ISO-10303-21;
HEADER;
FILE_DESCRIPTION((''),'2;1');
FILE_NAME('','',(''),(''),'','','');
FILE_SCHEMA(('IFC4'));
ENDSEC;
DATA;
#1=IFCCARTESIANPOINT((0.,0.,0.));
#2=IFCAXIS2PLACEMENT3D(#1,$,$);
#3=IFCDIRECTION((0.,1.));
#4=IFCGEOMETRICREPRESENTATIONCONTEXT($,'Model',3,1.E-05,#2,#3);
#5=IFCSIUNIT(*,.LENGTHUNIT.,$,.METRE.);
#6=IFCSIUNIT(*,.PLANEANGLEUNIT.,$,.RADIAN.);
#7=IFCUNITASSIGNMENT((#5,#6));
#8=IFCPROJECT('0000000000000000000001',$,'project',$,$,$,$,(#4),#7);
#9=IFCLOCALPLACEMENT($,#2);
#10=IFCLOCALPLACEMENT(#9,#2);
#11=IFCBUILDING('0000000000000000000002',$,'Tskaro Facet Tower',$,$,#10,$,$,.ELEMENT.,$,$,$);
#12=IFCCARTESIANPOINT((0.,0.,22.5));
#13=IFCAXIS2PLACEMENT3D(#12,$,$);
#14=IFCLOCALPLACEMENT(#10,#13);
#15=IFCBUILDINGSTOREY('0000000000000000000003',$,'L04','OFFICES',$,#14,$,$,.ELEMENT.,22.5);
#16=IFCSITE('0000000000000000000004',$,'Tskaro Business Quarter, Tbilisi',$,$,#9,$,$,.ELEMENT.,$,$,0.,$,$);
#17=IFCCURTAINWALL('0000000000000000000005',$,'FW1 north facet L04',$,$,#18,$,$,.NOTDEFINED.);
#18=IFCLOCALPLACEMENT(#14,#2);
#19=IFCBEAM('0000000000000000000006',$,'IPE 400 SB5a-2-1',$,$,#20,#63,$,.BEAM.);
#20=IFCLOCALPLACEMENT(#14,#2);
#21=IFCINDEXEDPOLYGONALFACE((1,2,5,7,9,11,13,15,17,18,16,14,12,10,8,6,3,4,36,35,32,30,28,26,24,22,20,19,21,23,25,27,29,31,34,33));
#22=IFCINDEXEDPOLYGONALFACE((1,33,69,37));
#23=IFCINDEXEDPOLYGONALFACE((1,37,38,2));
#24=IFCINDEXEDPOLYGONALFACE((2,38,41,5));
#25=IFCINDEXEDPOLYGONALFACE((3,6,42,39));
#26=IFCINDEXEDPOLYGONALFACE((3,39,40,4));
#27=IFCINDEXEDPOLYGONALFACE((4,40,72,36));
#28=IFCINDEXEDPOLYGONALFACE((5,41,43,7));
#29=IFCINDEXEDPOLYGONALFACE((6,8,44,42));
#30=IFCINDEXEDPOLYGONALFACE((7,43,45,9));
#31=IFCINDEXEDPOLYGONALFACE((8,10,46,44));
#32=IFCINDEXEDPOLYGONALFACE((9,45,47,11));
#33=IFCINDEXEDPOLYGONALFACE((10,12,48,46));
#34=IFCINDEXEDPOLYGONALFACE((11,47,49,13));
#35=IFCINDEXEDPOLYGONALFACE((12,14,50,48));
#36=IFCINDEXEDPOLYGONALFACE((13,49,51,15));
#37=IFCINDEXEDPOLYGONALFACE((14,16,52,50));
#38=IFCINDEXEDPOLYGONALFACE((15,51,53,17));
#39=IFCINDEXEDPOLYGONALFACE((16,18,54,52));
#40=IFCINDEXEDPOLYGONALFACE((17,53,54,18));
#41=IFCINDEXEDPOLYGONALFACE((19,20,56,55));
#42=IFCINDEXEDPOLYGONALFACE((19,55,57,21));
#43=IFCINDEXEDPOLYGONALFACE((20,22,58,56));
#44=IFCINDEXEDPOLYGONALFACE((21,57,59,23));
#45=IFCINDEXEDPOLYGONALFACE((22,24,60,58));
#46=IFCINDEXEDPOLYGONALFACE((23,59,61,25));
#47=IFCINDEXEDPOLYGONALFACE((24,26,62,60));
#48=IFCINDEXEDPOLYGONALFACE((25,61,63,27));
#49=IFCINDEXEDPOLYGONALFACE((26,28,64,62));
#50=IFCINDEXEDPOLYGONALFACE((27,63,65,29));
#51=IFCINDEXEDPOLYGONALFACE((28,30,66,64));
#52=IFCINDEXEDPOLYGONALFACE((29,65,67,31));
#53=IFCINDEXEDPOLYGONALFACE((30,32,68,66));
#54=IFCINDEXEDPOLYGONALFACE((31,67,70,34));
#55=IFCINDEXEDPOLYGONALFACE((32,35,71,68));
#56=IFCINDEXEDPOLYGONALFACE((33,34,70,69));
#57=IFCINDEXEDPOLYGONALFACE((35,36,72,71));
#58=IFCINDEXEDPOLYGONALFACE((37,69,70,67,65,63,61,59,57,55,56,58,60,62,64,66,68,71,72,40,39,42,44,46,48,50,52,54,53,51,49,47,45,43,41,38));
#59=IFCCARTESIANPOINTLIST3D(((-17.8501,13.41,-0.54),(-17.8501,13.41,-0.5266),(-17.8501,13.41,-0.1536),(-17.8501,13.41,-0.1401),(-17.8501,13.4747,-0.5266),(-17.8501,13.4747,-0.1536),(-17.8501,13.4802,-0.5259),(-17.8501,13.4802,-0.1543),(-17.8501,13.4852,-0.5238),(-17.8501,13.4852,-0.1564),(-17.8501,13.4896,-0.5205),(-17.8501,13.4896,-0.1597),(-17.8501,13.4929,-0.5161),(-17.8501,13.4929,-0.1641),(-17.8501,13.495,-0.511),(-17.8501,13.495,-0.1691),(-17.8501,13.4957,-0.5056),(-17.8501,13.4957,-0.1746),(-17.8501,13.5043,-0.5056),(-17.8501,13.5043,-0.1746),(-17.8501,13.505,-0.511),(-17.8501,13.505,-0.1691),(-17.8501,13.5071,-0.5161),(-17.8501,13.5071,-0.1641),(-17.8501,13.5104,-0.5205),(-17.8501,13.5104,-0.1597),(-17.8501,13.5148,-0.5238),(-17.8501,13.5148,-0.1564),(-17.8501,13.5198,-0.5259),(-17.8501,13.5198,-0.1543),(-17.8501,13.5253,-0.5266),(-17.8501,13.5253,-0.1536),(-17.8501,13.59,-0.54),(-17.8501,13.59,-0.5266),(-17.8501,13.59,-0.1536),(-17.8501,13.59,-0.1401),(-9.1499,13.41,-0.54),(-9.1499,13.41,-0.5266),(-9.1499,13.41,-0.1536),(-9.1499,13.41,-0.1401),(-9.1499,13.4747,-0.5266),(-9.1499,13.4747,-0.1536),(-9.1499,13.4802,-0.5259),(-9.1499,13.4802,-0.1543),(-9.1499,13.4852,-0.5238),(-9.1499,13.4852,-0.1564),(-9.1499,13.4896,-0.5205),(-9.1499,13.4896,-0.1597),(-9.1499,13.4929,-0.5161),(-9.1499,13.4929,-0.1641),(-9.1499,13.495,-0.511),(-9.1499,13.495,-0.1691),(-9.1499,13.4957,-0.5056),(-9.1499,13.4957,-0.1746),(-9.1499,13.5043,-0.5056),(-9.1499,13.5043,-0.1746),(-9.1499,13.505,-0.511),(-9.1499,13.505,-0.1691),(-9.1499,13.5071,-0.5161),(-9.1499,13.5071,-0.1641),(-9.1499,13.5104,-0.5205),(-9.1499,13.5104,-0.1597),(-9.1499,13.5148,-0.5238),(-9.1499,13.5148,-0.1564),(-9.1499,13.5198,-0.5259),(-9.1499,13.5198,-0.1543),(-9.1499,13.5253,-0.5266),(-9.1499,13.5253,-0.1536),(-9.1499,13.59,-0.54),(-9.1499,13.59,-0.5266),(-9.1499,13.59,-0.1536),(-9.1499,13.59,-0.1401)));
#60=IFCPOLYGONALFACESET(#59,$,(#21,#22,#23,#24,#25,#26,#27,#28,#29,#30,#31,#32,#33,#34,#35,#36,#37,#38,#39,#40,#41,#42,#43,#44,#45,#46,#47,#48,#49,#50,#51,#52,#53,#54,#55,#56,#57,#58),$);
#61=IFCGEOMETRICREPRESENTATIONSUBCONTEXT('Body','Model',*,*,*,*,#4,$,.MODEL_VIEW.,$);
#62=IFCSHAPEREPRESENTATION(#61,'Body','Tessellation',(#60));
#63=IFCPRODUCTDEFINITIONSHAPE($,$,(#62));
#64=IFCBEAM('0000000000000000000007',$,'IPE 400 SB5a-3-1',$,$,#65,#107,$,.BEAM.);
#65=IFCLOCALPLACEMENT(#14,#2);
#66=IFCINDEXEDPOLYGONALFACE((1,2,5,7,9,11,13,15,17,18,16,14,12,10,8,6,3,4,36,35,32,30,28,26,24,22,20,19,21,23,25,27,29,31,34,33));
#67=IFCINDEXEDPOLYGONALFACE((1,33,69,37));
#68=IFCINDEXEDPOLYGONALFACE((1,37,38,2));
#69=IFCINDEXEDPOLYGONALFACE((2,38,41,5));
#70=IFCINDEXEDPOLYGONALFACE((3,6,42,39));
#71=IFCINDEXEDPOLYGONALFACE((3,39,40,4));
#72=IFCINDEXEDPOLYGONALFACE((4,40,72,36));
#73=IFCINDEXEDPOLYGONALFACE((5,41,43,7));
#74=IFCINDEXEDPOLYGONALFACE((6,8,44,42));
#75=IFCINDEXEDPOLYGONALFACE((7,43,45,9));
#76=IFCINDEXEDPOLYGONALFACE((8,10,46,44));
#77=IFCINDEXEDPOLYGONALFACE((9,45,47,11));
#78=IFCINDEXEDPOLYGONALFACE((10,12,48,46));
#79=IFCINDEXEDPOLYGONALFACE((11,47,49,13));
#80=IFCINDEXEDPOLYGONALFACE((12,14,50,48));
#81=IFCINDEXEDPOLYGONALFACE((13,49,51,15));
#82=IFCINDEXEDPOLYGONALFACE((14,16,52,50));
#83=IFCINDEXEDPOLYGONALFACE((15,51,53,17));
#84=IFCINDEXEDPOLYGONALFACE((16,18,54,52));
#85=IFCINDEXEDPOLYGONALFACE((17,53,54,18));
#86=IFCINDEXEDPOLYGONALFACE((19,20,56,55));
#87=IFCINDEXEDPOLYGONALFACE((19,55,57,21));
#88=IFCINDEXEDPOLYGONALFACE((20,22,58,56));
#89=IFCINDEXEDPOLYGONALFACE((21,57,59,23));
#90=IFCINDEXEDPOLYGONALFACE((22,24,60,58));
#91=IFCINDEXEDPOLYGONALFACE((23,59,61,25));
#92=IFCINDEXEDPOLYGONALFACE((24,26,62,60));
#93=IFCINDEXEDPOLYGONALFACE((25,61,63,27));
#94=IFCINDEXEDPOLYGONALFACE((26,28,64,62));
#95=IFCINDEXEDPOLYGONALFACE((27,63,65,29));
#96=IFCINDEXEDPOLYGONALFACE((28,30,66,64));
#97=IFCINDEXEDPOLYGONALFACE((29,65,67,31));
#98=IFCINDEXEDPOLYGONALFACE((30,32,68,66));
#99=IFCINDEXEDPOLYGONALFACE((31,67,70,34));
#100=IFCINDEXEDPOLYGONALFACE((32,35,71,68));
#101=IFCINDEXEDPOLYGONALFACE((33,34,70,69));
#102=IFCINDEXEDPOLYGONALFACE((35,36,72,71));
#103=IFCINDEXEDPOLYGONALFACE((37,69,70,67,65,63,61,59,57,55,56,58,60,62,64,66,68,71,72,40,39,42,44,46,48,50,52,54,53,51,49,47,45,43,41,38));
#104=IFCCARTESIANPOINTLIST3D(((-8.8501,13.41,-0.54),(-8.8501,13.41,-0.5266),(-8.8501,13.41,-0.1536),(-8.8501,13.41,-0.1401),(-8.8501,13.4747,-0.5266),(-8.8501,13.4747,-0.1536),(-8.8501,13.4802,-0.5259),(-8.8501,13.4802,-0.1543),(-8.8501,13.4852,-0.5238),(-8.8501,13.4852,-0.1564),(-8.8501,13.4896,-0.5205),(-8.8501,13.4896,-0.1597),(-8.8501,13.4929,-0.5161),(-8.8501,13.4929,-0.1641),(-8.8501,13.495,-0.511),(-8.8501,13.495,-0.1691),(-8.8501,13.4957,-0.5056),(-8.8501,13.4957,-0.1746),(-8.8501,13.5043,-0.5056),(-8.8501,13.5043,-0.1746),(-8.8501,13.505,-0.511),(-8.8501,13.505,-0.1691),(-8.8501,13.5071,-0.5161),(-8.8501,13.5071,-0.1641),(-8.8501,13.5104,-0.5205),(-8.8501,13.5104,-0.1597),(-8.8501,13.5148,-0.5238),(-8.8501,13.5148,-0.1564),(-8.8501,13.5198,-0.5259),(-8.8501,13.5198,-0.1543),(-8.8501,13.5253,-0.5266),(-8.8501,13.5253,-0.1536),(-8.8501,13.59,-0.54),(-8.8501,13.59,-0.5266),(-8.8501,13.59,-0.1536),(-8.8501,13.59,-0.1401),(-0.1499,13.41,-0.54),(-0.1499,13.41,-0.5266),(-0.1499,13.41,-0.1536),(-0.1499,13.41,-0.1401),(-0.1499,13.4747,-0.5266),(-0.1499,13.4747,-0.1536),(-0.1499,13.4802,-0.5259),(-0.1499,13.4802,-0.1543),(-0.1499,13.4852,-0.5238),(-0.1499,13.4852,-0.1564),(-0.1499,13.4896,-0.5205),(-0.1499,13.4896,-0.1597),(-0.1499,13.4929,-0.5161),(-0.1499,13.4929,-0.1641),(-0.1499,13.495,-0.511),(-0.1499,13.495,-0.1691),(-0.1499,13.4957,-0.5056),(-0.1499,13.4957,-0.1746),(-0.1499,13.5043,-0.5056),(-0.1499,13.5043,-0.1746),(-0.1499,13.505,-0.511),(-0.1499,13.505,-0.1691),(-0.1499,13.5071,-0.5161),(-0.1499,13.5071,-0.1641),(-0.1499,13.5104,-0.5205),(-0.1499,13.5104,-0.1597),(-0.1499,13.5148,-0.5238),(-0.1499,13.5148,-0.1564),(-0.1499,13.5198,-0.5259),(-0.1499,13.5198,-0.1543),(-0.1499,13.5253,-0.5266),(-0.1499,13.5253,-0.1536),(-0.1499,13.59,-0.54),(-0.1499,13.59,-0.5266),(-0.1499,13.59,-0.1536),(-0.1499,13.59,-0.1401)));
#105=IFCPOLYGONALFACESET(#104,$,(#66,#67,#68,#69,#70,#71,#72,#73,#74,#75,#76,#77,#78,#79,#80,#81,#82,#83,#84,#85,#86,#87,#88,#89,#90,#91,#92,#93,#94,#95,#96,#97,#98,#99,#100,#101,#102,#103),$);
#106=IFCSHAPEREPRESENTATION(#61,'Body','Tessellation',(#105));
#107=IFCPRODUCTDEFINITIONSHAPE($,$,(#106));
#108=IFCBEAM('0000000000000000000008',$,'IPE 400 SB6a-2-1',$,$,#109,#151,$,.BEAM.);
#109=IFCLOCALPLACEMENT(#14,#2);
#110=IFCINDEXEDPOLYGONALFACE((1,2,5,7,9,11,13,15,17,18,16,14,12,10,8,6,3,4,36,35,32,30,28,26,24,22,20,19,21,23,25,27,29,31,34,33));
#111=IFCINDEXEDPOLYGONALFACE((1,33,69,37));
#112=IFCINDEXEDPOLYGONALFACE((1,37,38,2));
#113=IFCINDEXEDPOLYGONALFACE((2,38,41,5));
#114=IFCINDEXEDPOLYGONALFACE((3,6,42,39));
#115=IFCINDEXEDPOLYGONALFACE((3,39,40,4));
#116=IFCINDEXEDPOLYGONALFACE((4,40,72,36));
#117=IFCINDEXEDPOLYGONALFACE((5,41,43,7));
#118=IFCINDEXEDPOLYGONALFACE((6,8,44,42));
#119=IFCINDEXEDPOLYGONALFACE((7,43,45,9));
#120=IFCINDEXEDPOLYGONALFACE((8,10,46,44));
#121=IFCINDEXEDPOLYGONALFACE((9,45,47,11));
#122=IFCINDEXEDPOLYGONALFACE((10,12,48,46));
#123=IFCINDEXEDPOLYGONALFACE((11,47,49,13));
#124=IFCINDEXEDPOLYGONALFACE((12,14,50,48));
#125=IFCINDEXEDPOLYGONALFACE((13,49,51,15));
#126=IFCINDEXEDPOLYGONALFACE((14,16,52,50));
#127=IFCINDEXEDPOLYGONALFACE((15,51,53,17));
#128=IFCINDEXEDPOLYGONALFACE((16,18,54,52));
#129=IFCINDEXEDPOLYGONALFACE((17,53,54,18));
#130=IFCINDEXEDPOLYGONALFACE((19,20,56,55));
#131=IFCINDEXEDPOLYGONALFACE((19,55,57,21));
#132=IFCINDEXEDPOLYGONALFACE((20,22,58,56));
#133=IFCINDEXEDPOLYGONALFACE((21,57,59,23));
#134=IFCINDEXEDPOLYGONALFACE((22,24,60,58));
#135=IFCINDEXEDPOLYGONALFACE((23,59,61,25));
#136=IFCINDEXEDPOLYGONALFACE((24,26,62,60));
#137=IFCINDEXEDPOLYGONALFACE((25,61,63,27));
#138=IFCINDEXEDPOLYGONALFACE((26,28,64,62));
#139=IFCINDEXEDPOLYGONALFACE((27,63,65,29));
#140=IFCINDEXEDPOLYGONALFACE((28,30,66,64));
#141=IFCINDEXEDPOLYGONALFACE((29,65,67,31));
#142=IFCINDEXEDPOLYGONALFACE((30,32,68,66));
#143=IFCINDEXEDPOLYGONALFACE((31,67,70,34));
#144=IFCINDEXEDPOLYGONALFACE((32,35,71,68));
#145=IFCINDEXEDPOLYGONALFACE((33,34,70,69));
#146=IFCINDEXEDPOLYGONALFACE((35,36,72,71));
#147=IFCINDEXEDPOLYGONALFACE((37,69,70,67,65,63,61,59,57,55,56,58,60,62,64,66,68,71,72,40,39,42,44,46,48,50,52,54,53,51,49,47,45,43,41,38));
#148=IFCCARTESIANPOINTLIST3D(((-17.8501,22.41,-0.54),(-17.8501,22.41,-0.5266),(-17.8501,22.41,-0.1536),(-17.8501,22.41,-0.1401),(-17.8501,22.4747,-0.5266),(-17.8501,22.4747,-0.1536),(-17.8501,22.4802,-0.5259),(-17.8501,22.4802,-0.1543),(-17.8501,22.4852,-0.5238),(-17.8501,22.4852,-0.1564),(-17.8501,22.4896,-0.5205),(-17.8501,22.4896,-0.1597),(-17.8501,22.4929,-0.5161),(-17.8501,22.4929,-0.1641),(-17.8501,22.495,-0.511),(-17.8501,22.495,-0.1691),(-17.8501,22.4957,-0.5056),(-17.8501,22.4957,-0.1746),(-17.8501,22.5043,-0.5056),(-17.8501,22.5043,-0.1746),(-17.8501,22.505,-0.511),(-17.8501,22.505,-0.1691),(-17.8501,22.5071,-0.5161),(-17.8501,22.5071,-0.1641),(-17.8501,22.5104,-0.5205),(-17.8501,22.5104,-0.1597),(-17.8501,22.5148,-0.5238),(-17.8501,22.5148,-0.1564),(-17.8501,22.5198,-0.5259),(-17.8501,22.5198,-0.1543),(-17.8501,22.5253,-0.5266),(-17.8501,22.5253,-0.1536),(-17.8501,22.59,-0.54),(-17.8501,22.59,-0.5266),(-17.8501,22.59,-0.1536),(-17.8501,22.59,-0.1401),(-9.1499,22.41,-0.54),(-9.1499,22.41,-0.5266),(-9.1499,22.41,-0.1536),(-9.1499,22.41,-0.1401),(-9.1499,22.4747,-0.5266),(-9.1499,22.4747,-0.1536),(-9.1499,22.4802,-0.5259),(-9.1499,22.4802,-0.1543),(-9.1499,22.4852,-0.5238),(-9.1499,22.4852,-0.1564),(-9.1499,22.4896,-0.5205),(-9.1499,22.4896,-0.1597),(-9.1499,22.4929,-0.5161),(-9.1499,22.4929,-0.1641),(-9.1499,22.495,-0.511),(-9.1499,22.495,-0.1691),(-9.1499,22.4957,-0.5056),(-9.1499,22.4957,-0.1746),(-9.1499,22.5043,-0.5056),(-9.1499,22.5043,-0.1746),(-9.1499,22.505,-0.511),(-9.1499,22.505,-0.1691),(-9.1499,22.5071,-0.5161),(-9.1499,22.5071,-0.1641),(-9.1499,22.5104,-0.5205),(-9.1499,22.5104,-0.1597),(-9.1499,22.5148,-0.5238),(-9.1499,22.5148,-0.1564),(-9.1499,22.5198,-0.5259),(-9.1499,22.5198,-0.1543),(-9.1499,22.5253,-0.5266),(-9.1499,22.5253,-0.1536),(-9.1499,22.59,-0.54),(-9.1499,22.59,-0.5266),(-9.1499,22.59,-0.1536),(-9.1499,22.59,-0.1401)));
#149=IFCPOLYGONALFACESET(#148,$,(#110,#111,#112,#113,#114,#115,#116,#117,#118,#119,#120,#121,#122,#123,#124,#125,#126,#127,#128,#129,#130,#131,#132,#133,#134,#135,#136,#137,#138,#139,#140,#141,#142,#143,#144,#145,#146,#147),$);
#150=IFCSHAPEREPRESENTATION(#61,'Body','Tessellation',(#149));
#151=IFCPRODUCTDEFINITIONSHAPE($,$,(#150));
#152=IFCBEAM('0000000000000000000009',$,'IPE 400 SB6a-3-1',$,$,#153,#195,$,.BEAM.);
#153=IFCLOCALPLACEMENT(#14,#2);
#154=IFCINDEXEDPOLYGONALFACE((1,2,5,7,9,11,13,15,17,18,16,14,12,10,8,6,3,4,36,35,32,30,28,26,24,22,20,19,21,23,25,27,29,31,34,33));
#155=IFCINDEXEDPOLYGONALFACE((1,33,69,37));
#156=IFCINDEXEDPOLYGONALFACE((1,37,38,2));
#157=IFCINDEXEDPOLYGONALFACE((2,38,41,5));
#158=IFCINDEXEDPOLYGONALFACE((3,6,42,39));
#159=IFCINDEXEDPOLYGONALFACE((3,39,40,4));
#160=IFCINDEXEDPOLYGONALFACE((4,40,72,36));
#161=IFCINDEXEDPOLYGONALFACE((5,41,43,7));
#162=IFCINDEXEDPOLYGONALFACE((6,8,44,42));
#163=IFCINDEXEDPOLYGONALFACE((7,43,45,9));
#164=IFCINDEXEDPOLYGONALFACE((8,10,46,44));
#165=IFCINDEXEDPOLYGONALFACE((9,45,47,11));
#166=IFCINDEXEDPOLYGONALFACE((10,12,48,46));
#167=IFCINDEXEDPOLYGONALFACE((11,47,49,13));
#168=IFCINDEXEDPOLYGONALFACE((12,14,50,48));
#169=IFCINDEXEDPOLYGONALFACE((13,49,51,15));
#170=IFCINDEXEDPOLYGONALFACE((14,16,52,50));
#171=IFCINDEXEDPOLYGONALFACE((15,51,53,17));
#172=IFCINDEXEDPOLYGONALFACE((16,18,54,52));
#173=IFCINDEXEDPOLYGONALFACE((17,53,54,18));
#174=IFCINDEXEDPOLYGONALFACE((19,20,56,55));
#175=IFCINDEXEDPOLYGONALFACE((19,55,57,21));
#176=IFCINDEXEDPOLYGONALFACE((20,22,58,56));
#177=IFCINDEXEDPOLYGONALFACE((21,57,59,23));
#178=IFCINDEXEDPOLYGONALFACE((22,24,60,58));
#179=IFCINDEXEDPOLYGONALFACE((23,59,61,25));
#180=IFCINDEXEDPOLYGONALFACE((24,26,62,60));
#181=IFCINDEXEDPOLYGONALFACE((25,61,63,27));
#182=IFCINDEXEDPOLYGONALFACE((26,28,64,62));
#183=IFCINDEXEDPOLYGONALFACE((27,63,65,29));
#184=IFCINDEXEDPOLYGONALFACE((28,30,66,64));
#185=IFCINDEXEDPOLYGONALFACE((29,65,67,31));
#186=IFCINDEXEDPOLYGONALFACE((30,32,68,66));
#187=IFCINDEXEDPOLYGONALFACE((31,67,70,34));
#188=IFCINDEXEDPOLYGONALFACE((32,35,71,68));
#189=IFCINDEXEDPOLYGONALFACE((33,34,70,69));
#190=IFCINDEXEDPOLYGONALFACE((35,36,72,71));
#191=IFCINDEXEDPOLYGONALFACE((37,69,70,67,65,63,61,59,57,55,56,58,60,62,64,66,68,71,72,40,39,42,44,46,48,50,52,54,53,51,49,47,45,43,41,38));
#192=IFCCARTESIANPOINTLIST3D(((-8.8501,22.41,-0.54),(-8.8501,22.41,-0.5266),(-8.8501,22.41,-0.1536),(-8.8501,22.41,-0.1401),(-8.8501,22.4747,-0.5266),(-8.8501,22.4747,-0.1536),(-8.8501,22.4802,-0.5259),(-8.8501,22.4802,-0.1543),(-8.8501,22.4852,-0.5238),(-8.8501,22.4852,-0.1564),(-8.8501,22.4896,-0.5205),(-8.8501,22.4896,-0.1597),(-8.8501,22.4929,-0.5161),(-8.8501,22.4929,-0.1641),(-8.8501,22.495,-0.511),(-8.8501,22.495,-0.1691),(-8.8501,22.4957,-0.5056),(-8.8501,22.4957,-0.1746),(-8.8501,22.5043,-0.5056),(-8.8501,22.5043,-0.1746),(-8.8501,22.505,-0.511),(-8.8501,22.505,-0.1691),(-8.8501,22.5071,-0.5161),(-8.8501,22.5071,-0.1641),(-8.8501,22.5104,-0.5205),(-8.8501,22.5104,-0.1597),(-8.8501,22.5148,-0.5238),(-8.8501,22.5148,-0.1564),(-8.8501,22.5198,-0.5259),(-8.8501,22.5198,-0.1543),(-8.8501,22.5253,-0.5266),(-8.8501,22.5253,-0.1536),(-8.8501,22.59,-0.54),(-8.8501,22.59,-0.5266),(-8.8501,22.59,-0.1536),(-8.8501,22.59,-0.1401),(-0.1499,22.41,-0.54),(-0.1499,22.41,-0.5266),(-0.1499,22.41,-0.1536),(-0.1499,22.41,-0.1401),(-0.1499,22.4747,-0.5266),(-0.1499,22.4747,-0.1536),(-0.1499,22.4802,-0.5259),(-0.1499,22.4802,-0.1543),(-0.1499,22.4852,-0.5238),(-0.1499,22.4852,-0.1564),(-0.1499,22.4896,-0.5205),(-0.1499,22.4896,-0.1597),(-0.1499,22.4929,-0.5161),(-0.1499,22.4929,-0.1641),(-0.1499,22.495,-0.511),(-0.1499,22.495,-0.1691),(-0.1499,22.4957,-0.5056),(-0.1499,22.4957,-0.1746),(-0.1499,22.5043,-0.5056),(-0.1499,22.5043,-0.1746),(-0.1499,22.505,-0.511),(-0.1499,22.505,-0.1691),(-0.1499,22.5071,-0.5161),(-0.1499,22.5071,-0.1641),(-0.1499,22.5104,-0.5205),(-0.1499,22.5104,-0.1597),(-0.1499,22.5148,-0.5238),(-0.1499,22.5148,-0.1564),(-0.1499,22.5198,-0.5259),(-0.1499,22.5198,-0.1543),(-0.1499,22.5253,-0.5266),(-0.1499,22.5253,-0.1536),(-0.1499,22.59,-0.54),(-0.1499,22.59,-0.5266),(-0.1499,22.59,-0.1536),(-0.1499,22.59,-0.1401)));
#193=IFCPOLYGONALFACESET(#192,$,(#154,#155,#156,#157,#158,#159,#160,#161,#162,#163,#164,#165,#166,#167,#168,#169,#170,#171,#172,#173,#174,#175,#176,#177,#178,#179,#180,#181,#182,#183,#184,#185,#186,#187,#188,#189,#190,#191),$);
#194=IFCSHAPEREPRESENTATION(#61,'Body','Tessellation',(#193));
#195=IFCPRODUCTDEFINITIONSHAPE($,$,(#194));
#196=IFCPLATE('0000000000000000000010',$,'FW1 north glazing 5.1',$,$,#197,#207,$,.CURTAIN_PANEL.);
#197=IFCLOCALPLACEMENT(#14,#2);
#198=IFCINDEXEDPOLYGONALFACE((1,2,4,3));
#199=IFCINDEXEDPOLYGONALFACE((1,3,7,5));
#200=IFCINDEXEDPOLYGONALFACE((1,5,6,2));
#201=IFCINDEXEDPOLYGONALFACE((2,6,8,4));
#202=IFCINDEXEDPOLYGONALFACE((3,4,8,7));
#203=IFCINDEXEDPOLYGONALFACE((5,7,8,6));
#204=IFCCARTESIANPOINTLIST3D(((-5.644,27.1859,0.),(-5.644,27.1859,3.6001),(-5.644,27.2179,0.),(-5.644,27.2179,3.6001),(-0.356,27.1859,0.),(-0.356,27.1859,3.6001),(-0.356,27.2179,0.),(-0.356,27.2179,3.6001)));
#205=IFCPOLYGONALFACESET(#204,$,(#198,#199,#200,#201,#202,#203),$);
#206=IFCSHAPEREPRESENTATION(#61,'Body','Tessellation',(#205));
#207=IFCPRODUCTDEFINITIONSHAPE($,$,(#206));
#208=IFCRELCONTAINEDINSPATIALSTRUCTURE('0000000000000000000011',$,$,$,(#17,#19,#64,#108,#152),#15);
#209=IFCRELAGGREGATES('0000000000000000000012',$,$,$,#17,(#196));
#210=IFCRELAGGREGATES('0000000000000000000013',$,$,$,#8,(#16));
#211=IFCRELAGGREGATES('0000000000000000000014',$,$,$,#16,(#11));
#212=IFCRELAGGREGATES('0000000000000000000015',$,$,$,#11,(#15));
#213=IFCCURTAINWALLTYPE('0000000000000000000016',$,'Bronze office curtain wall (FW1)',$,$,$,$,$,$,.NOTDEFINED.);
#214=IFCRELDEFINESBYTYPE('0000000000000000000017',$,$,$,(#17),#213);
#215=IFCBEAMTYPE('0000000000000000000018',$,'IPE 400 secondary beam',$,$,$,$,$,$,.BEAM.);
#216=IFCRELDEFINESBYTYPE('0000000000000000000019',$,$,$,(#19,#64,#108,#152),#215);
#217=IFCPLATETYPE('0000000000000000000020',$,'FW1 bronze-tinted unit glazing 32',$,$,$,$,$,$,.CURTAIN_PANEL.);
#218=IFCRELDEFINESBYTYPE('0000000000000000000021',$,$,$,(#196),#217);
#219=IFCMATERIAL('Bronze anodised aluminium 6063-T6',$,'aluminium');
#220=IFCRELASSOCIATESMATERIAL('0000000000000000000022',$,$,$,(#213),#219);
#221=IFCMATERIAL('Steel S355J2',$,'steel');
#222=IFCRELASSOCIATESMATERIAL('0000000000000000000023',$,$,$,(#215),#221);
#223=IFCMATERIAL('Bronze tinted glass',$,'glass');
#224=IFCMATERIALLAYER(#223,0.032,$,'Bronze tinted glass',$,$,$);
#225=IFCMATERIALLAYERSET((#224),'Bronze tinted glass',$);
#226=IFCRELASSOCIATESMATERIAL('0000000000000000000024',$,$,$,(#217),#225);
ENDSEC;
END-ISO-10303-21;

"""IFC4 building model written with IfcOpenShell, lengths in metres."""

from ifc_helpers import new_model, si_unit, direction, frame, origin, origin_2d, place, context, subcontext, project, spatial, rectangle, i_section, extrude, material, layer, layer_set, material_profile, profile_set, type_object, element, aggregate, save


model = new_model("IFC4")

# Units and contexts
model_context = context("Model", 3, precision=1e-05, world=origin(), true_north=direction((0.0, 1.0)))
body_context = subcontext(model_context, "Body", "Model", "MODEL_VIEW")
ifc_project = project(units=[si_unit("LENGTHUNIT", "METRE"), si_unit("PLANEANGLEUNIT", "RADIAN")], contexts=[model_context])

# Site, building, storey
site_placement = place(None, origin())
site = spatial("IfcSite", under=ifc_project, at=site_placement, Name="Tskaro Business Quarter, Tbilisi", CompositionType="ELEMENT", RefElevation=0.0)
building_placement = place(site_placement, origin())
building = spatial("IfcBuilding", under=site, at=building_placement, Name="Tskaro Facet Tower", CompositionType="ELEMENT")
storey_placement = place(building_placement, frame((0.0, 0.0, 22.5)))
storey = spatial("IfcBuildingStorey", under=building, at=storey_placement, Name="L04", Description="OFFICES", CompositionType="ELEMENT", Elevation=22.5)

# Curtain wall
ifc_material_1 = material(Name="Bronze anodised aluminium 6063-T6", Category="aluminium")
curtain_wall_type = type_object("IfcCurtainWallType", Name="Bronze office curtain wall (FW1)", PredefinedType="NOTDEFINED", material=ifc_material_1)
curtain_wall_placement = place(storey_placement, origin())
curtain_wall = element("IfcCurtainWall", 1, at=curtain_wall_placement, inside=storey, type_object=curtain_wall_type, Name="FW1 north facet L04", PredefinedType="NOTDEFINED")

# Beams
ifc_material_2 = material(Name="Steel S355J2", Category="steel")
ifc_material_profile_1 = material_profile(ifc_material_2, i_section(OverallWidth=0.1799, OverallDepth=0.3999, WebThickness=0.0085, FlangeThickness=0.0134, FilletRadius=0.021, at=origin_2d()), Name="IPE 400")
ifc_profile_set_1 = profile_set([ifc_material_profile_1], Name="Steel S355J2")
beam_type_1 = type_object("IfcBeamType", Name="IPE 400 secondary beam", PredefinedType="BEAM", material=ifc_profile_set_1)
for number, where, z_axis, x_axis, name in (
    (2, (-17.8501, 13.5, -0.3401), (1.0, 0.0, 0.0), (0.0, 1.0, 0.0), "IPE 400 SB5a-2-1"),
    (3, (-8.8501, 13.5, -0.3401), (1.0, 0.0, 0.0), (0.0, 1.0, 0.0), "IPE 400 SB5a-3-1"),
    (4, (-17.8501, 22.5, -0.3401), (1.0, 0.0, 0.0), (0.0, 1.0, 0.0), "IPE 400 SB6a-2-1"),
    (5, (-8.8501, 22.5, -0.3401), (1.0, 0.0, 0.0), (0.0, 1.0, 0.0), "IPE 400 SB6a-3-1"),
):
    element("IfcBeam", number, at=place(storey_placement, frame(where, z_axis=z_axis, x_axis=x_axis)), inside=storey, type_object=beam_type_1, Name=name, PredefinedType="BEAM", context=body_context, shape_type="SweptSolid", body=[
        extrude(i_section(OverallWidth=0.1799, OverallDepth=0.3999, WebThickness=0.0085, FlangeThickness=0.0134, FilletRadius=0.021, at=origin_2d()), origin(), (0.0, 0.0, 1.0), 8.7002),
    ])

# Plate
ifc_material_3 = material(Name="Bronze tinted glass", Category="glass")
ifc_layer_1 = layer(ifc_material_3, 0.032, Name="Bronze tinted glass")
ifc_layer_set_1 = layer_set([ifc_layer_1], Name="Bronze tinted glass")
plate_type = type_object("IfcPlateType", Name="FW1 bronze-tinted unit glazing 32", PredefinedType="CURTAIN_PANEL", material=ifc_layer_set_1)
plate_1_placement = place(storey_placement, frame((-3.0, 27.2019, 0.0), z_axis=(0.0, 0.0, 1.0), x_axis=(-1.0, 0.0, 0.0)))
plate_1 = element("IfcPlate", 6, at=plate_1_placement, type_object=plate_type, Name="FW1 north glazing 5.1", PredefinedType="CURTAIN_PANEL", context=body_context, shape_type="SweptSolid", body=[
    extrude(rectangle(XDim=5.2881, YDim=0.032, at=origin_2d()), origin(), (0.0, 0.0, 1.0), 3.6001),
])
aggregate(curtain_wall, [plate_1])

save(model, "model.ifc")
